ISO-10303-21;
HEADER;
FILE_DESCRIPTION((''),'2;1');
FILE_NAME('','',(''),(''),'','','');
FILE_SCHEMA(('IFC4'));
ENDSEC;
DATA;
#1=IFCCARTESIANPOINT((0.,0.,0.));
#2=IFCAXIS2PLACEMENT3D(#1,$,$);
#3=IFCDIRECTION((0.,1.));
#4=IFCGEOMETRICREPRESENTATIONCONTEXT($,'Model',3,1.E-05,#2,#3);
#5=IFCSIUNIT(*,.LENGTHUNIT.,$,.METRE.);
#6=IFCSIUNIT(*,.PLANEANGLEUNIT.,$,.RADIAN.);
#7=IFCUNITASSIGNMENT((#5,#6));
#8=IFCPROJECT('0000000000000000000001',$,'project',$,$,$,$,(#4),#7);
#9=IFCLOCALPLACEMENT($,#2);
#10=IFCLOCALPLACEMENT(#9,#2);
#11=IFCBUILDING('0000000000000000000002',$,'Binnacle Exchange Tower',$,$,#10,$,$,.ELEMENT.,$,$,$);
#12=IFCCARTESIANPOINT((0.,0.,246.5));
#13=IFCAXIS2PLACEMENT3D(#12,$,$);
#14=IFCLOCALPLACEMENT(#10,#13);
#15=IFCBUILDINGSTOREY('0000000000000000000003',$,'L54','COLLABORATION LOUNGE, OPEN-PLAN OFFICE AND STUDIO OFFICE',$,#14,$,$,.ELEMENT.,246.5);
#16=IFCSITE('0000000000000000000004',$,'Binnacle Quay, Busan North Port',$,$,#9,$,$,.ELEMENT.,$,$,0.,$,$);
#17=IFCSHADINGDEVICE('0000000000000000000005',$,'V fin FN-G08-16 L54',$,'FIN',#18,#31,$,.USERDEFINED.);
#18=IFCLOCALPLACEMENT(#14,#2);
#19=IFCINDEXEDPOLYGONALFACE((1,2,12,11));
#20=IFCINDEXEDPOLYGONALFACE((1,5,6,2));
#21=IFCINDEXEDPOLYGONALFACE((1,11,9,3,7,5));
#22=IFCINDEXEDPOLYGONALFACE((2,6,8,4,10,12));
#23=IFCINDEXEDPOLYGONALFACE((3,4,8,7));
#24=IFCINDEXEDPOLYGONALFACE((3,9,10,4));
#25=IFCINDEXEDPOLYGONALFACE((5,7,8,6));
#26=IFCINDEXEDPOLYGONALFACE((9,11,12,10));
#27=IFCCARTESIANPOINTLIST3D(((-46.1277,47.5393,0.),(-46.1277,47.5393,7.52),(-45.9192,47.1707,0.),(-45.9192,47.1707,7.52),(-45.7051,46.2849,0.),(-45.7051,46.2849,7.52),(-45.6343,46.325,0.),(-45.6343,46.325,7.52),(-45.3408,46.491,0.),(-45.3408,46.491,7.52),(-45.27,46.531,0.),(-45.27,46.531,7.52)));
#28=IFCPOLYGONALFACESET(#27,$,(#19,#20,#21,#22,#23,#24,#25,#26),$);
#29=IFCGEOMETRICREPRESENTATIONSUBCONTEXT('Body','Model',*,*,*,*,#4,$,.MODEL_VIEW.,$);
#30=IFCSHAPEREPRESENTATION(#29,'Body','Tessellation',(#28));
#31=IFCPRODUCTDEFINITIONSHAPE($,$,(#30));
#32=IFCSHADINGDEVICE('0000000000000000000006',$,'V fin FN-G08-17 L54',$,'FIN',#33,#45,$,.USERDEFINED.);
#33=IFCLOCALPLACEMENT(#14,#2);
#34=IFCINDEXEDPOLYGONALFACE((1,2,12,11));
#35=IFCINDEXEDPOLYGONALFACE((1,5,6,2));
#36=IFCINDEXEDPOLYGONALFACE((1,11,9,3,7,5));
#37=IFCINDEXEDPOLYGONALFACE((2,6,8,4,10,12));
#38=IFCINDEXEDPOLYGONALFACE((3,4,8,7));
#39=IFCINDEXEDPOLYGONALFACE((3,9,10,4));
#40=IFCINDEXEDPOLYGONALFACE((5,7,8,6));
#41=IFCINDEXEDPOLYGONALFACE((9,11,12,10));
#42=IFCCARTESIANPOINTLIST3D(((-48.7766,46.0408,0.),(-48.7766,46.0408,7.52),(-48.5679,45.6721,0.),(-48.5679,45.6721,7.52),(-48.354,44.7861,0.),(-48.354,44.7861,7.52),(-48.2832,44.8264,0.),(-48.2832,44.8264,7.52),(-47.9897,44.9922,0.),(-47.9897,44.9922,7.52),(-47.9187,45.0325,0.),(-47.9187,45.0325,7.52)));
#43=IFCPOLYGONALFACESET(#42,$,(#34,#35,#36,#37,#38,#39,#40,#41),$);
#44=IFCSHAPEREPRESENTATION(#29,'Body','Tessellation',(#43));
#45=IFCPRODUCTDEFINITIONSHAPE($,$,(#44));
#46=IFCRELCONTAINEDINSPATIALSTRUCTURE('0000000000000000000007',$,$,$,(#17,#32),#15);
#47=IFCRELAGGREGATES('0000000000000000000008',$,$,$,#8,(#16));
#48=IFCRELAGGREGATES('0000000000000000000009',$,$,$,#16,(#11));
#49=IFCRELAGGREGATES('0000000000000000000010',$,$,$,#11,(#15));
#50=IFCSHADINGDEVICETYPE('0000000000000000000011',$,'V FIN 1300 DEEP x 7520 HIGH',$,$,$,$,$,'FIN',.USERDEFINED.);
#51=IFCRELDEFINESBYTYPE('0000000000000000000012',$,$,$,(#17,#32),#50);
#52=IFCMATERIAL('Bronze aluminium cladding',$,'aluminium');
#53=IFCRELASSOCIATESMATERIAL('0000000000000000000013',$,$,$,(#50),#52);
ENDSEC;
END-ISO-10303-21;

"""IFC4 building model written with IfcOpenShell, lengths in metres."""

from ifc_helpers import new_model, si_unit, direction, frame, origin, place, context, subcontext, project, spatial, polyline, outline, extrude, material, type_object, element, save


model = new_model("IFC4")

# Units and contexts
model_context = context("Model", 3, precision=1e-05, world=origin(), true_north=direction((0.0, 1.0)))
body_context = subcontext(model_context, "Body", "Model", "MODEL_VIEW")
ifc_project = project(units=[si_unit("LENGTHUNIT", "METRE"), si_unit("PLANEANGLEUNIT", "RADIAN")], contexts=[model_context])

# Site, building, storey
site_placement = place(None, origin())
site = spatial("IfcSite", under=ifc_project, at=site_placement, Name="Binnacle Quay, Busan North Port", CompositionType="ELEMENT", RefElevation=0.0)
building_placement = place(site_placement, origin())
building = spatial("IfcBuilding", under=site, at=building_placement, Name="Binnacle Exchange Tower", CompositionType="ELEMENT")
storey_placement = place(building_placement, frame((0.0, 0.0, 246.5)))
storey = spatial("IfcBuildingStorey", under=building, at=storey_placement, Name="L54", Description="COLLABORATION LOUNGE, OPEN-PLAN OFFICE AND STUDIO OFFICE", CompositionType="ELEMENT", Elevation=246.5)

# Shading devices
ifc_material_1 = material(Name="Bronze aluminium cladding", Category="aluminium")
shading_device_type = type_object("IfcShadingDeviceType", Name="V FIN 1300 DEEP x 7520 HIGH", ElementType="FIN", PredefinedType="USERDEFINED", material=ifc_material_1)
shading_device_1_placement = place(storey_placement, origin())
element("IfcShadingDevice", 1, at=shading_device_1_placement, inside=storey, type_object=shading_device_type, Name="V fin FN-G08-16 L54", ObjectType="FIN", PredefinedType="USERDEFINED", context=body_context, shape_type="SweptSolid", body=[
    extrude(outline(polyline([(-45.27, 46.531), (-46.1277, 47.5393), (-45.7051, 46.2849), (-45.6343, 46.325), (-45.9192, 47.1707), (-45.3408, 46.491), (-45.27, 46.531)])), origin(), (0.0, 0.0, 1.0), 7.52),
])
shading_device_2_placement = place(storey_placement, origin())
element("IfcShadingDevice", 2, at=shading_device_2_placement, inside=storey, type_object=shading_device_type, Name="V fin FN-G08-17 L54", ObjectType="FIN", PredefinedType="USERDEFINED", context=body_context, shape_type="SweptSolid", body=[
    extrude(outline(polyline([(-47.9187, 45.0325), (-48.7766, 46.0408), (-48.354, 44.7861), (-48.2832, 44.8264), (-48.5679, 45.6721), (-47.9897, 44.9922), (-47.9187, 45.0325)])), origin(), (0.0, 0.0, 1.0), 7.52),
])

save(model, "model.ifc")
